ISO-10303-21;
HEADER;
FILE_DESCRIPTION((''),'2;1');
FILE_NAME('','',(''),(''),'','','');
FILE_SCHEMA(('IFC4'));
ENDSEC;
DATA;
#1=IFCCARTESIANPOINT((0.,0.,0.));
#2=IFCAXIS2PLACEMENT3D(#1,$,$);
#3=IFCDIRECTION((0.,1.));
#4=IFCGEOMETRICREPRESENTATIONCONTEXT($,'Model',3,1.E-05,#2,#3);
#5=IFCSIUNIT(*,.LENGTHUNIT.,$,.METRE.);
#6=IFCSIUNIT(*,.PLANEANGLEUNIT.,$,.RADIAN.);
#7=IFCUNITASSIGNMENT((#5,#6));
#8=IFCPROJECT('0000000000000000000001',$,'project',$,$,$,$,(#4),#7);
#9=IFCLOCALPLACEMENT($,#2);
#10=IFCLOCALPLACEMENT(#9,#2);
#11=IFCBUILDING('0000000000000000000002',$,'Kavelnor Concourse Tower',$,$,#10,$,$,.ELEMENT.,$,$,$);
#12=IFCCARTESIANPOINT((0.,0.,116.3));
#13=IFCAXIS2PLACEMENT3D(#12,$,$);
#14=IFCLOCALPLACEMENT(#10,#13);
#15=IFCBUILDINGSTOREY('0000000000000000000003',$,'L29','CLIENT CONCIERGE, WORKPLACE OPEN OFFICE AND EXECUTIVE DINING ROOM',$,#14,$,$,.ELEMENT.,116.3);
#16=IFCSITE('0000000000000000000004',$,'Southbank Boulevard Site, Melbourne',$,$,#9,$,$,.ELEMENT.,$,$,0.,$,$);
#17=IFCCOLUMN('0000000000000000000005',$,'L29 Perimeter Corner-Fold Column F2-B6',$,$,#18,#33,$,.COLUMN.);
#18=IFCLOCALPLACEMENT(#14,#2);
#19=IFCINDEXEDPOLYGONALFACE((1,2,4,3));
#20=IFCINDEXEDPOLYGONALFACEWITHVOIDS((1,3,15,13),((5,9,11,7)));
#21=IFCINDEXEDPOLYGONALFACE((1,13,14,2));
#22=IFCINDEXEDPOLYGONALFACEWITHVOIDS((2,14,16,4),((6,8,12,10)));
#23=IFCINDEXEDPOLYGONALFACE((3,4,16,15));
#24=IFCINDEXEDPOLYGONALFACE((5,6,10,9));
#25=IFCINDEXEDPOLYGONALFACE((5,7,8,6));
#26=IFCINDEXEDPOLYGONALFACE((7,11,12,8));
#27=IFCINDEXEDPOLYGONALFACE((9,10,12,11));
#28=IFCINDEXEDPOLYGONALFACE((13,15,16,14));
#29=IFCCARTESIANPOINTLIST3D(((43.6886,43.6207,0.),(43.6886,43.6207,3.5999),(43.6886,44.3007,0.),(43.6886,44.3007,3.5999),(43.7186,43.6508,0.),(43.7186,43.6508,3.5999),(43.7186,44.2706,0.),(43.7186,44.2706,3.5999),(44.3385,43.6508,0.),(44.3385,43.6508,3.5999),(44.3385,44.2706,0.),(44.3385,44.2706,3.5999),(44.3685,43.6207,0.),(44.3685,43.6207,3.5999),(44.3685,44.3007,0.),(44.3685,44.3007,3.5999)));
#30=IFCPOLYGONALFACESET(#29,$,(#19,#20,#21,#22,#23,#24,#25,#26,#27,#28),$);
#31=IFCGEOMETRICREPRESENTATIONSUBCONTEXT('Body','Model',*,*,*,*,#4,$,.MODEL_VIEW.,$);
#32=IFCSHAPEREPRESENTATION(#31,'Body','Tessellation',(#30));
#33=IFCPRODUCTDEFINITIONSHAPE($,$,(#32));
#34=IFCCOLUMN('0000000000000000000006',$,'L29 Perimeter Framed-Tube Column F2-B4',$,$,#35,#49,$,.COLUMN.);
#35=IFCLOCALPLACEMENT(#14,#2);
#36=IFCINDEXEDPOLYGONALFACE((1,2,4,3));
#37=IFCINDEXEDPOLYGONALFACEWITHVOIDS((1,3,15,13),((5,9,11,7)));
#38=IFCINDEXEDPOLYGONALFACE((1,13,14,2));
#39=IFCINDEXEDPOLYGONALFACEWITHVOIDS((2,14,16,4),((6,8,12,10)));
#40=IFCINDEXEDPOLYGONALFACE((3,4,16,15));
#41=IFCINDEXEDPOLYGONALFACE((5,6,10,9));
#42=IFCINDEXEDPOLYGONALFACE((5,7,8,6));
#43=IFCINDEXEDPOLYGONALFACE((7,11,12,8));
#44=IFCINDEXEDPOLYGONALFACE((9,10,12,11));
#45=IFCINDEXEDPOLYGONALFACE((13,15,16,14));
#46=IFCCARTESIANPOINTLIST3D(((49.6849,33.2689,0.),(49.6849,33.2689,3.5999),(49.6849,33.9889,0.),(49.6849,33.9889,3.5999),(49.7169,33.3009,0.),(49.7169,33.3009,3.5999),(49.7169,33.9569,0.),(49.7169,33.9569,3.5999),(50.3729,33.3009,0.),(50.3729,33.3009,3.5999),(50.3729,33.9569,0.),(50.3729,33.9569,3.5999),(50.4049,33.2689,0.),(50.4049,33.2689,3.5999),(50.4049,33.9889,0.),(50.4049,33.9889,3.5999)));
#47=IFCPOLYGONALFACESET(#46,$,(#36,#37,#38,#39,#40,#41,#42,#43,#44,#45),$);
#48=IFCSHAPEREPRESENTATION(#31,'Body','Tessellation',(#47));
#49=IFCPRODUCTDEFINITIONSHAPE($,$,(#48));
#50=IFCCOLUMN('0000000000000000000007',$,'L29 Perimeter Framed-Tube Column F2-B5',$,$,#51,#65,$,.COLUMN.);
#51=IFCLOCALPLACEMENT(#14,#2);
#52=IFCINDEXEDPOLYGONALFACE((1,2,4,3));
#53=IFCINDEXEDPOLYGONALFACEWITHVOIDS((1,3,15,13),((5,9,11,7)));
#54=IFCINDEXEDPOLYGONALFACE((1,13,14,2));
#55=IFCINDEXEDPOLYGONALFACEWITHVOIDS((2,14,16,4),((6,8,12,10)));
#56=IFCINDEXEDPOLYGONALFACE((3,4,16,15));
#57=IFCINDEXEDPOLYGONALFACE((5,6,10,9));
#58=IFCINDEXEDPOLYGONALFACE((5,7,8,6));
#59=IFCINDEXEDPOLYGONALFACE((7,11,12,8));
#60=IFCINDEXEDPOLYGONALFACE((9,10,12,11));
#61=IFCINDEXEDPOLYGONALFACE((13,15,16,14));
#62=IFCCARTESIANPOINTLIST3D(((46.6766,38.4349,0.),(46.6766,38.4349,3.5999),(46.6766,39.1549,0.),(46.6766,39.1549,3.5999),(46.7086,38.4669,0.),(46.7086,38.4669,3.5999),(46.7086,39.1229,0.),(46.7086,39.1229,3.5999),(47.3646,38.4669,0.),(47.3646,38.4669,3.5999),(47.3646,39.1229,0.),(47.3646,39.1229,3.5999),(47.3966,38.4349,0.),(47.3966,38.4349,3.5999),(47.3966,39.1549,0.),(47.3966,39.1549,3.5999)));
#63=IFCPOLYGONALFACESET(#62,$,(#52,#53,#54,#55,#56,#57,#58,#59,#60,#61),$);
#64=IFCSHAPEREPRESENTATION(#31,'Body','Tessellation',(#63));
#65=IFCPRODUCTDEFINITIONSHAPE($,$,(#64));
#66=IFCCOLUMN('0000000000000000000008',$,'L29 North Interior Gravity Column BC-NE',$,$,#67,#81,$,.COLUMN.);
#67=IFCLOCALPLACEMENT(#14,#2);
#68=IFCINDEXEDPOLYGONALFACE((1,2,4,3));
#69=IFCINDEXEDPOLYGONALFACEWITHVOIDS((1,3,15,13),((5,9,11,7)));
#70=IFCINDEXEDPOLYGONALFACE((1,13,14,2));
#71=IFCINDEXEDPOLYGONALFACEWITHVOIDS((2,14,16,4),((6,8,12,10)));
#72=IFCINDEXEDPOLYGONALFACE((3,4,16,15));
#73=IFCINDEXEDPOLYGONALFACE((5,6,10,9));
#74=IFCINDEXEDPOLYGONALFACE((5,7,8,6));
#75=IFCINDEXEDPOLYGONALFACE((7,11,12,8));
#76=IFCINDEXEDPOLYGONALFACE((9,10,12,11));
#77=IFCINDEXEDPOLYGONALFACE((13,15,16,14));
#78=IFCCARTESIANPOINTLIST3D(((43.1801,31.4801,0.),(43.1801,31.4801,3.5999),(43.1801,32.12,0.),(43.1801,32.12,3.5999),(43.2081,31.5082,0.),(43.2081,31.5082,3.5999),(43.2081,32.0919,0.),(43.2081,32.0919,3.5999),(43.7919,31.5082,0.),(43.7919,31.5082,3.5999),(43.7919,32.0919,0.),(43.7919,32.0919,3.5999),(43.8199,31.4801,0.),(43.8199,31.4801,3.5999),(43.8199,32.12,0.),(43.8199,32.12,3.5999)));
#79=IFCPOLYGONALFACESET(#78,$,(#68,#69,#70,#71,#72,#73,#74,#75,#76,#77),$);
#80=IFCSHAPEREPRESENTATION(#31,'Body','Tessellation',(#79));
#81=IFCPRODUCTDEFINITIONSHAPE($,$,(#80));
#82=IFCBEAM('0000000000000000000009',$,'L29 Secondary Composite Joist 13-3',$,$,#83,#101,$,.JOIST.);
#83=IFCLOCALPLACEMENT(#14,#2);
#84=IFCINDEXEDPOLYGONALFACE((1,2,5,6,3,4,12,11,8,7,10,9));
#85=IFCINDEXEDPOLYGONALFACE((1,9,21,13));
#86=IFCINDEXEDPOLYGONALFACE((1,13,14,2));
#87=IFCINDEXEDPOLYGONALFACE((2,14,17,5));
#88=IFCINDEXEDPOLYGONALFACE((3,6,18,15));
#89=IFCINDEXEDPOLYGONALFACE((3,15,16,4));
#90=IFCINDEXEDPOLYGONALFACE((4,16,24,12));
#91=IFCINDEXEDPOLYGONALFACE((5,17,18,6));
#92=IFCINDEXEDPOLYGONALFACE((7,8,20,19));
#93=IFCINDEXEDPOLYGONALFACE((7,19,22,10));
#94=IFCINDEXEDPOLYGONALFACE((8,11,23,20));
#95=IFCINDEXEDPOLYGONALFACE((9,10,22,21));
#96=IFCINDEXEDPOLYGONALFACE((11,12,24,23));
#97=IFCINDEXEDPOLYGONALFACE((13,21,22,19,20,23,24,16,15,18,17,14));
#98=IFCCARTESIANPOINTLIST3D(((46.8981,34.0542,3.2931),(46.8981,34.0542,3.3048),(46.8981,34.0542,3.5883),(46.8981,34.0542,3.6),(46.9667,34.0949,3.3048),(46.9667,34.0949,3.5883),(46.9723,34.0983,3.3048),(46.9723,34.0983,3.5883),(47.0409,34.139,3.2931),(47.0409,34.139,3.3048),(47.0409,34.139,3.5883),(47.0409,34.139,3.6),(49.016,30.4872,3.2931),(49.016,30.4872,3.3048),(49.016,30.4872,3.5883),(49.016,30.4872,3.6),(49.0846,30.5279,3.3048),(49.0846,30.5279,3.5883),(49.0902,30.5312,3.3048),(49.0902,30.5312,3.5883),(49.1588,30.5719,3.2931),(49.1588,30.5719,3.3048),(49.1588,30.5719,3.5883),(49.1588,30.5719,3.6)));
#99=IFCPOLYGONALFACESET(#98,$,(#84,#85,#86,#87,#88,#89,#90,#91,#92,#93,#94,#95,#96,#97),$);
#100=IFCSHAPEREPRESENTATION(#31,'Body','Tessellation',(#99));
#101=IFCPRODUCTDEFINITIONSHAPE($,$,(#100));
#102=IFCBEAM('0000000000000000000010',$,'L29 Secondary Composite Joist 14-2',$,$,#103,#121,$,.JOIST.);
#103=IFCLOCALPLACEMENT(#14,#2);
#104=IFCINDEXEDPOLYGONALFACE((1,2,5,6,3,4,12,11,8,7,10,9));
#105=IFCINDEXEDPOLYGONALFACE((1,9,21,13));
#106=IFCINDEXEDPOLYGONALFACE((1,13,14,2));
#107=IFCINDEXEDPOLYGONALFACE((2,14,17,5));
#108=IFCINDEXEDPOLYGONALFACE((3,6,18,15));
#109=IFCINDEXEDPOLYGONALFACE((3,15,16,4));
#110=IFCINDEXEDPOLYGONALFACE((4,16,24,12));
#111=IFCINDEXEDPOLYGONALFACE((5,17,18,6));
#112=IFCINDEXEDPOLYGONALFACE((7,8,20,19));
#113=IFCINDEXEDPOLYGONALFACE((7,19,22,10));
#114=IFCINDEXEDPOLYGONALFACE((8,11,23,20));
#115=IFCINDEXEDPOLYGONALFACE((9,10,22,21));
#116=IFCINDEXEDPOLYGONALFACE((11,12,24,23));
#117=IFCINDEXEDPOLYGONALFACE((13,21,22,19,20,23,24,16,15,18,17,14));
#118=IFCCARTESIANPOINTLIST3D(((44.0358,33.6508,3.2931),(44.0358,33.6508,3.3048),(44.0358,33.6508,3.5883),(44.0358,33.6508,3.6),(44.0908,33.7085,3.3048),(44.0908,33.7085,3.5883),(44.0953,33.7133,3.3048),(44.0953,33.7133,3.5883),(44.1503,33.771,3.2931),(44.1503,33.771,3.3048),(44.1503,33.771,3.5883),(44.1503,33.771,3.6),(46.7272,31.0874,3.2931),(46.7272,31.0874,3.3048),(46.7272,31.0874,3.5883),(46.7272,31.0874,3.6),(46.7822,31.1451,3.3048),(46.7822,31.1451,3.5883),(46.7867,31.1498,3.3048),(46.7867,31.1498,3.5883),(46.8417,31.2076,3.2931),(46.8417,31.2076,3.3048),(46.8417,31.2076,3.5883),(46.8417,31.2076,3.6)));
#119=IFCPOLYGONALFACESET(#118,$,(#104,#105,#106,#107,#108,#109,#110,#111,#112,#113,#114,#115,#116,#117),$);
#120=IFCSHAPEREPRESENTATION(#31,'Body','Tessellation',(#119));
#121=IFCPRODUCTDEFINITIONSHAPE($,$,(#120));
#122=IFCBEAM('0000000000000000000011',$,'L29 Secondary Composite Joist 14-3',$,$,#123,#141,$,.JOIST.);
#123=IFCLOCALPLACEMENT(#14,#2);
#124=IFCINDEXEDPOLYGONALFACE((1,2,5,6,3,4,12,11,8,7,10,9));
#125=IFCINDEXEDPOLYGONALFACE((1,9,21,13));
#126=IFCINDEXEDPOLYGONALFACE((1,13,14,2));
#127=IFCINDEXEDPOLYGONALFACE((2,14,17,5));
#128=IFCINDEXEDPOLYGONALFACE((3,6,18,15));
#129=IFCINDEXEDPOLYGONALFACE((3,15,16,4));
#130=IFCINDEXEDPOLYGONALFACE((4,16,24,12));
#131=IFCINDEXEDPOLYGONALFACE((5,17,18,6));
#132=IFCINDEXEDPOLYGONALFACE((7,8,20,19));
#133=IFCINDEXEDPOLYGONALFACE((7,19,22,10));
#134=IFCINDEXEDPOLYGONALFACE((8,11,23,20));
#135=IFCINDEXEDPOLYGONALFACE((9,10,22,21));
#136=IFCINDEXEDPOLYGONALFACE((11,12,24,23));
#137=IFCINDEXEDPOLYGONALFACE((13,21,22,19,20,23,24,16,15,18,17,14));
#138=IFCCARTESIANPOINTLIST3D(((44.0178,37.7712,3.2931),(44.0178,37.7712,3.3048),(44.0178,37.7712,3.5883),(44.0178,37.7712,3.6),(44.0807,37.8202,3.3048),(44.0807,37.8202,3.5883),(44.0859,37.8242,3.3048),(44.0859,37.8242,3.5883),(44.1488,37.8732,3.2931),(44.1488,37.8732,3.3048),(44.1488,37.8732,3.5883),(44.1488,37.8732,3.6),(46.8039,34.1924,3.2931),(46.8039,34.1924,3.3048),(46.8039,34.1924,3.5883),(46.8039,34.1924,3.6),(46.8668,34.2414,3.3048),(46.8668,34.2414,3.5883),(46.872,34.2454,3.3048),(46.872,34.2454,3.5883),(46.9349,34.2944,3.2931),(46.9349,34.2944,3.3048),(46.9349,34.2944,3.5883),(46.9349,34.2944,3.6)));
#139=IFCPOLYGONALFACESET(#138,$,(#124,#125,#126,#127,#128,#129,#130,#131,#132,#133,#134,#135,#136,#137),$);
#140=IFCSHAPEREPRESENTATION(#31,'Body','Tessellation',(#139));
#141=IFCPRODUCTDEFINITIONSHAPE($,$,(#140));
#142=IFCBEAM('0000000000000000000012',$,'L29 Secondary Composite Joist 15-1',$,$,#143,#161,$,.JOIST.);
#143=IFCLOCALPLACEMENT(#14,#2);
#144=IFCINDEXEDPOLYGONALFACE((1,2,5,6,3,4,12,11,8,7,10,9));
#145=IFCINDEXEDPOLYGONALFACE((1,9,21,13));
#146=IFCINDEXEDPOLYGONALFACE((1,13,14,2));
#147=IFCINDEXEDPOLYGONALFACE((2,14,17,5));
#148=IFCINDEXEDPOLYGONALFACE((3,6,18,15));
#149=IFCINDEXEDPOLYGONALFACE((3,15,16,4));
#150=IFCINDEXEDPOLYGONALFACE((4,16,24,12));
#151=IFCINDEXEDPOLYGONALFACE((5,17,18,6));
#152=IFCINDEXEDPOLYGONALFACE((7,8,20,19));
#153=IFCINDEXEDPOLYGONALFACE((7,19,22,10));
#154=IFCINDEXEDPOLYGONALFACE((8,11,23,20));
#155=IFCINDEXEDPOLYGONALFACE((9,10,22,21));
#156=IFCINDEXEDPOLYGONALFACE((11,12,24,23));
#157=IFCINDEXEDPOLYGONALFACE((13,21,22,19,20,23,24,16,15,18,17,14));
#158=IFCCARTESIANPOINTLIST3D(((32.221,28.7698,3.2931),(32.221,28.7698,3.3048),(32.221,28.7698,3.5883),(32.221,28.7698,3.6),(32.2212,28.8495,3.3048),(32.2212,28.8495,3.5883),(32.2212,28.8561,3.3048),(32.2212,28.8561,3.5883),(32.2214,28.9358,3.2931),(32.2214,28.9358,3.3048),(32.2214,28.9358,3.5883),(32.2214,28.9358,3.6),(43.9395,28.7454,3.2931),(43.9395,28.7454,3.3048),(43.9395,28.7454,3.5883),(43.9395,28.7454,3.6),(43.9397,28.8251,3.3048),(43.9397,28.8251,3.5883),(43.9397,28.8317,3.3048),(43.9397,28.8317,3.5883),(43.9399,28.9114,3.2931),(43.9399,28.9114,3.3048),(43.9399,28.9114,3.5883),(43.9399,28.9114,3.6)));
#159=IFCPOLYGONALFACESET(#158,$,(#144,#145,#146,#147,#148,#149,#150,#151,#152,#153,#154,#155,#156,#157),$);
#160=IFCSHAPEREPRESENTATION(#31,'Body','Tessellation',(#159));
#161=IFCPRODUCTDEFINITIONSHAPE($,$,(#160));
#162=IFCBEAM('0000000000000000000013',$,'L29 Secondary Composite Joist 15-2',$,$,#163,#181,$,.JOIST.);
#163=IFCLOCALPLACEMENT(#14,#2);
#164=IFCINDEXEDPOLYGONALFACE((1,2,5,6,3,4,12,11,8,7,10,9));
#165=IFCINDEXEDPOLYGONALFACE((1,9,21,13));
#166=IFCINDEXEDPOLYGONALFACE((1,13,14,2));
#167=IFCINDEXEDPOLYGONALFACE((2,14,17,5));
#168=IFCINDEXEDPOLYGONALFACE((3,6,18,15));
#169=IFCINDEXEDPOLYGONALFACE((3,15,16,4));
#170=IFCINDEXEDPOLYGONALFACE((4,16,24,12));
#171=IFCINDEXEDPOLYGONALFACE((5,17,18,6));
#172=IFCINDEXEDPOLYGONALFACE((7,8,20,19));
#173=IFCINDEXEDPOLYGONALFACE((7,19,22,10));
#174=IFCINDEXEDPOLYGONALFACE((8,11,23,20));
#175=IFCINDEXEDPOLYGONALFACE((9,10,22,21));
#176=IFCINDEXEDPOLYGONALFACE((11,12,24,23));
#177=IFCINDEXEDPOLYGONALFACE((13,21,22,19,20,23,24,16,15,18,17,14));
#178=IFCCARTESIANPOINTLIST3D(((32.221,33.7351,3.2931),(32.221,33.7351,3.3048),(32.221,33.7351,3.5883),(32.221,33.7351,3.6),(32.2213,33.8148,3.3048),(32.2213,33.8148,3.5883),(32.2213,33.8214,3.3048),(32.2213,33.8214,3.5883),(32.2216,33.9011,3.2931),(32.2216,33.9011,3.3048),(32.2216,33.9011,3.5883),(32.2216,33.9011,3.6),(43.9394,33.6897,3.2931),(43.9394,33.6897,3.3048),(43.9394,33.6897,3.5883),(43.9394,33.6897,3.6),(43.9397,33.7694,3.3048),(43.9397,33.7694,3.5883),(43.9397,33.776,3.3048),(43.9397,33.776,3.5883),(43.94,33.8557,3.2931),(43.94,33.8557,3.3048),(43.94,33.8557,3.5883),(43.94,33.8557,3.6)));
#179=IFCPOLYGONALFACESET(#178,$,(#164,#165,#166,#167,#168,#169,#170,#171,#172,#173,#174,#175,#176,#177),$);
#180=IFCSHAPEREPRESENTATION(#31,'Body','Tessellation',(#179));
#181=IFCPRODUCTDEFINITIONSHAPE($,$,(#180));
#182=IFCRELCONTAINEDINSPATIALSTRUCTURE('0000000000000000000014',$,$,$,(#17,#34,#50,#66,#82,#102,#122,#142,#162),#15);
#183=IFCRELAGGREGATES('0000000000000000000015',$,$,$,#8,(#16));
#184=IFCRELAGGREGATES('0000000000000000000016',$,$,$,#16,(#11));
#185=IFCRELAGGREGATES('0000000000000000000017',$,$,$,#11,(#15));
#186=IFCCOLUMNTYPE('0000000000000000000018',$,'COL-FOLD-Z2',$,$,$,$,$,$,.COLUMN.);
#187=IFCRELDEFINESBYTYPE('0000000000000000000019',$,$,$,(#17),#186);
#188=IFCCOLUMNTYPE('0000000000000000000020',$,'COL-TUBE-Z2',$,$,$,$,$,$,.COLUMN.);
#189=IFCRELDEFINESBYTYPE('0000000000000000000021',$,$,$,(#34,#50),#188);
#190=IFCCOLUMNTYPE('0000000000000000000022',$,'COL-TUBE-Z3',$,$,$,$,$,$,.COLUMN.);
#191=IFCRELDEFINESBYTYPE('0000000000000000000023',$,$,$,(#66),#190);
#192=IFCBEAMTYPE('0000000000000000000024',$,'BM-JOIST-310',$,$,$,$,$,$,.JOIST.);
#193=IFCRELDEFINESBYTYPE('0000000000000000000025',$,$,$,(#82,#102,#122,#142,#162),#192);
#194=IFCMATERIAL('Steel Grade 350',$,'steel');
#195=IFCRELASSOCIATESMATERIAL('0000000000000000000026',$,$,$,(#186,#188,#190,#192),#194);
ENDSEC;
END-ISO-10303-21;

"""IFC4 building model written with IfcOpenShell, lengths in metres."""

from ifc_helpers import new_model, si_unit, direction, frame, origin, origin_2d, place, context, subcontext, project, spatial, hollow_rectangle, i_section, extrude, material, material_profile, profile_set, type_object, element, save


model = new_model("IFC4")

# Units and contexts
model_context = context("Model", 3, precision=1e-05, world=origin(), true_north=direction((0.0, 1.0)))
body_context = subcontext(model_context, "Body", "Model", "MODEL_VIEW")
ifc_project = project(units=[si_unit("LENGTHUNIT", "METRE"), si_unit("PLANEANGLEUNIT", "RADIAN")], contexts=[model_context])

# Site, building, storey
site_placement = place(None, origin())
site = spatial("IfcSite", under=ifc_project, at=site_placement, Name="Southbank Boulevard Site, Melbourne", CompositionType="ELEMENT", RefElevation=0.0)
building_placement = place(site_placement, origin())
building = spatial("IfcBuilding", under=site, at=building_placement, Name="Kavelnor Concourse Tower", CompositionType="ELEMENT")
storey_placement = place(building_placement, frame((0.0, 0.0, 116.3)))
storey = spatial("IfcBuildingStorey", under=building, at=storey_placement, Name="L29", Description="CLIENT CONCIERGE, WORKPLACE OPEN OFFICE AND EXECUTIVE DINING ROOM", CompositionType="ELEMENT", Elevation=116.3)

# Columns
ifc_material_1 = material(Name="Steel Grade 350", Category="steel")
ifc_material_profile_1 = material_profile(ifc_material_1, hollow_rectangle(XDim=0.6799, YDim=0.6799, WallThickness=0.03, at=origin_2d()), Name="SHS 680x680x30")
ifc_profile_set_1 = profile_set([ifc_material_profile_1], Name="Steel Grade 350")
column_type_1 = type_object("IfcColumnType", Name="COL-FOLD-Z2", PredefinedType="COLUMN", material=ifc_profile_set_1)
column_1_placement = place(storey_placement, frame((44.0286, 43.9607, 0.0), z_axis=(0.0, 0.0, 1.0), x_axis=(1.0, 0.0, 0.0)))
element("IfcColumn", 1, at=column_1_placement, inside=storey, type_object=column_type_1, Name="L29 Perimeter Corner-Fold Column F2-B6", PredefinedType="COLUMN", context=body_context, shape_type="SweptSolid", body=[
    extrude(hollow_rectangle(XDim=0.6799, YDim=0.6799, WallThickness=0.03, at=origin_2d()), origin(), (0.0, 0.0, 1.0), 3.5999),
])
ifc_material_profile_2 = material_profile(ifc_material_1, hollow_rectangle(XDim=0.72, YDim=0.72, WallThickness=0.032, at=origin_2d()), Name="SHS 720x720x32")
ifc_profile_set_2 = profile_set([ifc_material_profile_2], Name="Steel Grade 350")
column_type_2 = type_object("IfcColumnType", Name="COL-TUBE-Z2", PredefinedType="COLUMN", material=ifc_profile_set_2)
for number, where, z_axis, x_axis, name in (
    (2, (50.0449, 33.6289, 0.0), (0.0, 0.0, 1.0), (1.0, 0.0, 0.0), "L29 Perimeter Framed-Tube Column F2-B4"),
    (3, (47.0366, 38.7949, 0.0), (0.0, 0.0, 1.0), (1.0, 0.0, 0.0), "L29 Perimeter Framed-Tube Column F2-B5"),
):
    element("IfcColumn", number, at=place(storey_placement, frame(where, z_axis=z_axis, x_axis=x_axis)), inside=storey, type_object=column_type_2, Name=name, PredefinedType="COLUMN", context=body_context, shape_type="SweptSolid", body=[
        extrude(hollow_rectangle(XDim=0.72, YDim=0.72, WallThickness=0.032, at=origin_2d()), origin(), (0.0, 0.0, 1.0), 3.5999),
    ])
ifc_material_profile_3 = material_profile(ifc_material_1, hollow_rectangle(XDim=0.6399, YDim=0.6399, WallThickness=0.0281, at=origin_2d()), Name="SHS 640x640x28")
ifc_profile_set_3 = profile_set([ifc_material_profile_3], Name="Steel Grade 350")
column_type_3 = type_object("IfcColumnType", Name="COL-TUBE-Z3", PredefinedType="COLUMN", material=ifc_profile_set_3)
column_2_placement = place(storey_placement, frame((43.5, 31.8, 0.0), z_axis=(0.0, 0.0, 1.0), x_axis=(1.0, 0.0, 0.0)))
element("IfcColumn", 4, at=column_2_placement, inside=storey, type_object=column_type_3, Name="L29 North Interior Gravity Column BC-NE", PredefinedType="COLUMN", context=body_context, shape_type="SweptSolid", body=[
    extrude(hollow_rectangle(XDim=0.6399, YDim=0.6399, WallThickness=0.0281, at=origin_2d()), origin(), (0.0, 0.0, 1.0), 3.5999),
])

# Beams
ifc_material_profile_4 = material_profile(ifc_material_1, i_section(OverallWidth=0.166, OverallDepth=0.3069, WebThickness=0.0066, FlangeThickness=0.0117, at=origin_2d()), Name="310UB46")
ifc_profile_set_4 = profile_set([ifc_material_profile_4], Name="Steel Grade 350")
beam_type_1 = type_object("IfcBeamType", Name="BM-JOIST-310", PredefinedType="JOIST", material=ifc_profile_set_4)
beam_1_placement = place(storey_placement, frame((49.0874, 30.5295, 3.4465), z_axis=(-0.510527, 0.859862, 0.0), x_axis=(-0.859862, -0.510527, 0.0)))
element("IfcBeam", 5, at=beam_1_placement, inside=storey, type_object=beam_type_1, Name="L29 Secondary Composite Joist 13-3", PredefinedType="JOIST", context=body_context, shape_type="SweptSolid", body=[
    extrude(i_section(OverallWidth=0.166, OverallDepth=0.3069, WebThickness=0.0066, FlangeThickness=0.0117, at=origin_2d()), origin(), (0.0, 0.0, 1.0), 4.1484),
])
beam_2_placement = place(storey_placement, frame((46.7844, 31.1475, 3.4465), z_axis=(-0.724107, 0.689688, 0.0), x_axis=(-0.689688, -0.724107, 0.0)))
element("IfcBeam", 6, at=beam_2_placement, inside=storey, type_object=beam_type_1, Name="L29 Secondary Composite Joist 14-2", PredefinedType="JOIST", context=body_context, shape_type="SweptSolid", body=[
    extrude(i_section(OverallWidth=0.166, OverallDepth=0.3069, WebThickness=0.0066, FlangeThickness=0.0117, at=origin_2d()), origin(), (0.0, 0.0, 1.0), 3.7168),
])
beam_3_placement = place(storey_placement, frame((46.8694, 34.2434, 3.4465), z_axis=(-0.614295, 0.789077, 0.0), x_axis=(-0.789077, -0.614295, 0.0)))
element("IfcBeam", 7, at=beam_3_placement, inside=storey, type_object=beam_type_1, Name="L29 Secondary Composite Joist 14-3", PredefinedType="JOIST", context=body_context, shape_type="SweptSolid", body=[
    extrude(i_section(OverallWidth=0.166, OverallDepth=0.3069, WebThickness=0.0066, FlangeThickness=0.0117, at=origin_2d()), origin(), (0.0, 0.0, 1.0), 4.5354),
])
for number, where, z_axis, x_axis, name in (
    (8, (43.9397, 28.8284, 3.4465), (-0.999998, 0.002083, 0.0), (-0.002083, -0.999998, 0.0), "L29 Secondary Composite Joist 15-1"),
    (9, (43.9397, 33.7727, 3.4465), (-0.999992, 0.003875, 0.0), (-0.003875, -0.999992, 0.0), "L29 Secondary Composite Joist 15-2"),
):
    element("IfcBeam", number, at=place(storey_placement, frame(where, z_axis=z_axis, x_axis=x_axis)), inside=storey, type_object=beam_type_1, Name=name, PredefinedType="JOIST", context=body_context, shape_type="SweptSolid", body=[
        extrude(i_section(OverallWidth=0.166, OverallDepth=0.3069, WebThickness=0.0066, FlangeThickness=0.0117, at=origin_2d()), origin(), (0.0, 0.0, 1.0), 11.7185),
    ])

save(model, "model.ifc")
